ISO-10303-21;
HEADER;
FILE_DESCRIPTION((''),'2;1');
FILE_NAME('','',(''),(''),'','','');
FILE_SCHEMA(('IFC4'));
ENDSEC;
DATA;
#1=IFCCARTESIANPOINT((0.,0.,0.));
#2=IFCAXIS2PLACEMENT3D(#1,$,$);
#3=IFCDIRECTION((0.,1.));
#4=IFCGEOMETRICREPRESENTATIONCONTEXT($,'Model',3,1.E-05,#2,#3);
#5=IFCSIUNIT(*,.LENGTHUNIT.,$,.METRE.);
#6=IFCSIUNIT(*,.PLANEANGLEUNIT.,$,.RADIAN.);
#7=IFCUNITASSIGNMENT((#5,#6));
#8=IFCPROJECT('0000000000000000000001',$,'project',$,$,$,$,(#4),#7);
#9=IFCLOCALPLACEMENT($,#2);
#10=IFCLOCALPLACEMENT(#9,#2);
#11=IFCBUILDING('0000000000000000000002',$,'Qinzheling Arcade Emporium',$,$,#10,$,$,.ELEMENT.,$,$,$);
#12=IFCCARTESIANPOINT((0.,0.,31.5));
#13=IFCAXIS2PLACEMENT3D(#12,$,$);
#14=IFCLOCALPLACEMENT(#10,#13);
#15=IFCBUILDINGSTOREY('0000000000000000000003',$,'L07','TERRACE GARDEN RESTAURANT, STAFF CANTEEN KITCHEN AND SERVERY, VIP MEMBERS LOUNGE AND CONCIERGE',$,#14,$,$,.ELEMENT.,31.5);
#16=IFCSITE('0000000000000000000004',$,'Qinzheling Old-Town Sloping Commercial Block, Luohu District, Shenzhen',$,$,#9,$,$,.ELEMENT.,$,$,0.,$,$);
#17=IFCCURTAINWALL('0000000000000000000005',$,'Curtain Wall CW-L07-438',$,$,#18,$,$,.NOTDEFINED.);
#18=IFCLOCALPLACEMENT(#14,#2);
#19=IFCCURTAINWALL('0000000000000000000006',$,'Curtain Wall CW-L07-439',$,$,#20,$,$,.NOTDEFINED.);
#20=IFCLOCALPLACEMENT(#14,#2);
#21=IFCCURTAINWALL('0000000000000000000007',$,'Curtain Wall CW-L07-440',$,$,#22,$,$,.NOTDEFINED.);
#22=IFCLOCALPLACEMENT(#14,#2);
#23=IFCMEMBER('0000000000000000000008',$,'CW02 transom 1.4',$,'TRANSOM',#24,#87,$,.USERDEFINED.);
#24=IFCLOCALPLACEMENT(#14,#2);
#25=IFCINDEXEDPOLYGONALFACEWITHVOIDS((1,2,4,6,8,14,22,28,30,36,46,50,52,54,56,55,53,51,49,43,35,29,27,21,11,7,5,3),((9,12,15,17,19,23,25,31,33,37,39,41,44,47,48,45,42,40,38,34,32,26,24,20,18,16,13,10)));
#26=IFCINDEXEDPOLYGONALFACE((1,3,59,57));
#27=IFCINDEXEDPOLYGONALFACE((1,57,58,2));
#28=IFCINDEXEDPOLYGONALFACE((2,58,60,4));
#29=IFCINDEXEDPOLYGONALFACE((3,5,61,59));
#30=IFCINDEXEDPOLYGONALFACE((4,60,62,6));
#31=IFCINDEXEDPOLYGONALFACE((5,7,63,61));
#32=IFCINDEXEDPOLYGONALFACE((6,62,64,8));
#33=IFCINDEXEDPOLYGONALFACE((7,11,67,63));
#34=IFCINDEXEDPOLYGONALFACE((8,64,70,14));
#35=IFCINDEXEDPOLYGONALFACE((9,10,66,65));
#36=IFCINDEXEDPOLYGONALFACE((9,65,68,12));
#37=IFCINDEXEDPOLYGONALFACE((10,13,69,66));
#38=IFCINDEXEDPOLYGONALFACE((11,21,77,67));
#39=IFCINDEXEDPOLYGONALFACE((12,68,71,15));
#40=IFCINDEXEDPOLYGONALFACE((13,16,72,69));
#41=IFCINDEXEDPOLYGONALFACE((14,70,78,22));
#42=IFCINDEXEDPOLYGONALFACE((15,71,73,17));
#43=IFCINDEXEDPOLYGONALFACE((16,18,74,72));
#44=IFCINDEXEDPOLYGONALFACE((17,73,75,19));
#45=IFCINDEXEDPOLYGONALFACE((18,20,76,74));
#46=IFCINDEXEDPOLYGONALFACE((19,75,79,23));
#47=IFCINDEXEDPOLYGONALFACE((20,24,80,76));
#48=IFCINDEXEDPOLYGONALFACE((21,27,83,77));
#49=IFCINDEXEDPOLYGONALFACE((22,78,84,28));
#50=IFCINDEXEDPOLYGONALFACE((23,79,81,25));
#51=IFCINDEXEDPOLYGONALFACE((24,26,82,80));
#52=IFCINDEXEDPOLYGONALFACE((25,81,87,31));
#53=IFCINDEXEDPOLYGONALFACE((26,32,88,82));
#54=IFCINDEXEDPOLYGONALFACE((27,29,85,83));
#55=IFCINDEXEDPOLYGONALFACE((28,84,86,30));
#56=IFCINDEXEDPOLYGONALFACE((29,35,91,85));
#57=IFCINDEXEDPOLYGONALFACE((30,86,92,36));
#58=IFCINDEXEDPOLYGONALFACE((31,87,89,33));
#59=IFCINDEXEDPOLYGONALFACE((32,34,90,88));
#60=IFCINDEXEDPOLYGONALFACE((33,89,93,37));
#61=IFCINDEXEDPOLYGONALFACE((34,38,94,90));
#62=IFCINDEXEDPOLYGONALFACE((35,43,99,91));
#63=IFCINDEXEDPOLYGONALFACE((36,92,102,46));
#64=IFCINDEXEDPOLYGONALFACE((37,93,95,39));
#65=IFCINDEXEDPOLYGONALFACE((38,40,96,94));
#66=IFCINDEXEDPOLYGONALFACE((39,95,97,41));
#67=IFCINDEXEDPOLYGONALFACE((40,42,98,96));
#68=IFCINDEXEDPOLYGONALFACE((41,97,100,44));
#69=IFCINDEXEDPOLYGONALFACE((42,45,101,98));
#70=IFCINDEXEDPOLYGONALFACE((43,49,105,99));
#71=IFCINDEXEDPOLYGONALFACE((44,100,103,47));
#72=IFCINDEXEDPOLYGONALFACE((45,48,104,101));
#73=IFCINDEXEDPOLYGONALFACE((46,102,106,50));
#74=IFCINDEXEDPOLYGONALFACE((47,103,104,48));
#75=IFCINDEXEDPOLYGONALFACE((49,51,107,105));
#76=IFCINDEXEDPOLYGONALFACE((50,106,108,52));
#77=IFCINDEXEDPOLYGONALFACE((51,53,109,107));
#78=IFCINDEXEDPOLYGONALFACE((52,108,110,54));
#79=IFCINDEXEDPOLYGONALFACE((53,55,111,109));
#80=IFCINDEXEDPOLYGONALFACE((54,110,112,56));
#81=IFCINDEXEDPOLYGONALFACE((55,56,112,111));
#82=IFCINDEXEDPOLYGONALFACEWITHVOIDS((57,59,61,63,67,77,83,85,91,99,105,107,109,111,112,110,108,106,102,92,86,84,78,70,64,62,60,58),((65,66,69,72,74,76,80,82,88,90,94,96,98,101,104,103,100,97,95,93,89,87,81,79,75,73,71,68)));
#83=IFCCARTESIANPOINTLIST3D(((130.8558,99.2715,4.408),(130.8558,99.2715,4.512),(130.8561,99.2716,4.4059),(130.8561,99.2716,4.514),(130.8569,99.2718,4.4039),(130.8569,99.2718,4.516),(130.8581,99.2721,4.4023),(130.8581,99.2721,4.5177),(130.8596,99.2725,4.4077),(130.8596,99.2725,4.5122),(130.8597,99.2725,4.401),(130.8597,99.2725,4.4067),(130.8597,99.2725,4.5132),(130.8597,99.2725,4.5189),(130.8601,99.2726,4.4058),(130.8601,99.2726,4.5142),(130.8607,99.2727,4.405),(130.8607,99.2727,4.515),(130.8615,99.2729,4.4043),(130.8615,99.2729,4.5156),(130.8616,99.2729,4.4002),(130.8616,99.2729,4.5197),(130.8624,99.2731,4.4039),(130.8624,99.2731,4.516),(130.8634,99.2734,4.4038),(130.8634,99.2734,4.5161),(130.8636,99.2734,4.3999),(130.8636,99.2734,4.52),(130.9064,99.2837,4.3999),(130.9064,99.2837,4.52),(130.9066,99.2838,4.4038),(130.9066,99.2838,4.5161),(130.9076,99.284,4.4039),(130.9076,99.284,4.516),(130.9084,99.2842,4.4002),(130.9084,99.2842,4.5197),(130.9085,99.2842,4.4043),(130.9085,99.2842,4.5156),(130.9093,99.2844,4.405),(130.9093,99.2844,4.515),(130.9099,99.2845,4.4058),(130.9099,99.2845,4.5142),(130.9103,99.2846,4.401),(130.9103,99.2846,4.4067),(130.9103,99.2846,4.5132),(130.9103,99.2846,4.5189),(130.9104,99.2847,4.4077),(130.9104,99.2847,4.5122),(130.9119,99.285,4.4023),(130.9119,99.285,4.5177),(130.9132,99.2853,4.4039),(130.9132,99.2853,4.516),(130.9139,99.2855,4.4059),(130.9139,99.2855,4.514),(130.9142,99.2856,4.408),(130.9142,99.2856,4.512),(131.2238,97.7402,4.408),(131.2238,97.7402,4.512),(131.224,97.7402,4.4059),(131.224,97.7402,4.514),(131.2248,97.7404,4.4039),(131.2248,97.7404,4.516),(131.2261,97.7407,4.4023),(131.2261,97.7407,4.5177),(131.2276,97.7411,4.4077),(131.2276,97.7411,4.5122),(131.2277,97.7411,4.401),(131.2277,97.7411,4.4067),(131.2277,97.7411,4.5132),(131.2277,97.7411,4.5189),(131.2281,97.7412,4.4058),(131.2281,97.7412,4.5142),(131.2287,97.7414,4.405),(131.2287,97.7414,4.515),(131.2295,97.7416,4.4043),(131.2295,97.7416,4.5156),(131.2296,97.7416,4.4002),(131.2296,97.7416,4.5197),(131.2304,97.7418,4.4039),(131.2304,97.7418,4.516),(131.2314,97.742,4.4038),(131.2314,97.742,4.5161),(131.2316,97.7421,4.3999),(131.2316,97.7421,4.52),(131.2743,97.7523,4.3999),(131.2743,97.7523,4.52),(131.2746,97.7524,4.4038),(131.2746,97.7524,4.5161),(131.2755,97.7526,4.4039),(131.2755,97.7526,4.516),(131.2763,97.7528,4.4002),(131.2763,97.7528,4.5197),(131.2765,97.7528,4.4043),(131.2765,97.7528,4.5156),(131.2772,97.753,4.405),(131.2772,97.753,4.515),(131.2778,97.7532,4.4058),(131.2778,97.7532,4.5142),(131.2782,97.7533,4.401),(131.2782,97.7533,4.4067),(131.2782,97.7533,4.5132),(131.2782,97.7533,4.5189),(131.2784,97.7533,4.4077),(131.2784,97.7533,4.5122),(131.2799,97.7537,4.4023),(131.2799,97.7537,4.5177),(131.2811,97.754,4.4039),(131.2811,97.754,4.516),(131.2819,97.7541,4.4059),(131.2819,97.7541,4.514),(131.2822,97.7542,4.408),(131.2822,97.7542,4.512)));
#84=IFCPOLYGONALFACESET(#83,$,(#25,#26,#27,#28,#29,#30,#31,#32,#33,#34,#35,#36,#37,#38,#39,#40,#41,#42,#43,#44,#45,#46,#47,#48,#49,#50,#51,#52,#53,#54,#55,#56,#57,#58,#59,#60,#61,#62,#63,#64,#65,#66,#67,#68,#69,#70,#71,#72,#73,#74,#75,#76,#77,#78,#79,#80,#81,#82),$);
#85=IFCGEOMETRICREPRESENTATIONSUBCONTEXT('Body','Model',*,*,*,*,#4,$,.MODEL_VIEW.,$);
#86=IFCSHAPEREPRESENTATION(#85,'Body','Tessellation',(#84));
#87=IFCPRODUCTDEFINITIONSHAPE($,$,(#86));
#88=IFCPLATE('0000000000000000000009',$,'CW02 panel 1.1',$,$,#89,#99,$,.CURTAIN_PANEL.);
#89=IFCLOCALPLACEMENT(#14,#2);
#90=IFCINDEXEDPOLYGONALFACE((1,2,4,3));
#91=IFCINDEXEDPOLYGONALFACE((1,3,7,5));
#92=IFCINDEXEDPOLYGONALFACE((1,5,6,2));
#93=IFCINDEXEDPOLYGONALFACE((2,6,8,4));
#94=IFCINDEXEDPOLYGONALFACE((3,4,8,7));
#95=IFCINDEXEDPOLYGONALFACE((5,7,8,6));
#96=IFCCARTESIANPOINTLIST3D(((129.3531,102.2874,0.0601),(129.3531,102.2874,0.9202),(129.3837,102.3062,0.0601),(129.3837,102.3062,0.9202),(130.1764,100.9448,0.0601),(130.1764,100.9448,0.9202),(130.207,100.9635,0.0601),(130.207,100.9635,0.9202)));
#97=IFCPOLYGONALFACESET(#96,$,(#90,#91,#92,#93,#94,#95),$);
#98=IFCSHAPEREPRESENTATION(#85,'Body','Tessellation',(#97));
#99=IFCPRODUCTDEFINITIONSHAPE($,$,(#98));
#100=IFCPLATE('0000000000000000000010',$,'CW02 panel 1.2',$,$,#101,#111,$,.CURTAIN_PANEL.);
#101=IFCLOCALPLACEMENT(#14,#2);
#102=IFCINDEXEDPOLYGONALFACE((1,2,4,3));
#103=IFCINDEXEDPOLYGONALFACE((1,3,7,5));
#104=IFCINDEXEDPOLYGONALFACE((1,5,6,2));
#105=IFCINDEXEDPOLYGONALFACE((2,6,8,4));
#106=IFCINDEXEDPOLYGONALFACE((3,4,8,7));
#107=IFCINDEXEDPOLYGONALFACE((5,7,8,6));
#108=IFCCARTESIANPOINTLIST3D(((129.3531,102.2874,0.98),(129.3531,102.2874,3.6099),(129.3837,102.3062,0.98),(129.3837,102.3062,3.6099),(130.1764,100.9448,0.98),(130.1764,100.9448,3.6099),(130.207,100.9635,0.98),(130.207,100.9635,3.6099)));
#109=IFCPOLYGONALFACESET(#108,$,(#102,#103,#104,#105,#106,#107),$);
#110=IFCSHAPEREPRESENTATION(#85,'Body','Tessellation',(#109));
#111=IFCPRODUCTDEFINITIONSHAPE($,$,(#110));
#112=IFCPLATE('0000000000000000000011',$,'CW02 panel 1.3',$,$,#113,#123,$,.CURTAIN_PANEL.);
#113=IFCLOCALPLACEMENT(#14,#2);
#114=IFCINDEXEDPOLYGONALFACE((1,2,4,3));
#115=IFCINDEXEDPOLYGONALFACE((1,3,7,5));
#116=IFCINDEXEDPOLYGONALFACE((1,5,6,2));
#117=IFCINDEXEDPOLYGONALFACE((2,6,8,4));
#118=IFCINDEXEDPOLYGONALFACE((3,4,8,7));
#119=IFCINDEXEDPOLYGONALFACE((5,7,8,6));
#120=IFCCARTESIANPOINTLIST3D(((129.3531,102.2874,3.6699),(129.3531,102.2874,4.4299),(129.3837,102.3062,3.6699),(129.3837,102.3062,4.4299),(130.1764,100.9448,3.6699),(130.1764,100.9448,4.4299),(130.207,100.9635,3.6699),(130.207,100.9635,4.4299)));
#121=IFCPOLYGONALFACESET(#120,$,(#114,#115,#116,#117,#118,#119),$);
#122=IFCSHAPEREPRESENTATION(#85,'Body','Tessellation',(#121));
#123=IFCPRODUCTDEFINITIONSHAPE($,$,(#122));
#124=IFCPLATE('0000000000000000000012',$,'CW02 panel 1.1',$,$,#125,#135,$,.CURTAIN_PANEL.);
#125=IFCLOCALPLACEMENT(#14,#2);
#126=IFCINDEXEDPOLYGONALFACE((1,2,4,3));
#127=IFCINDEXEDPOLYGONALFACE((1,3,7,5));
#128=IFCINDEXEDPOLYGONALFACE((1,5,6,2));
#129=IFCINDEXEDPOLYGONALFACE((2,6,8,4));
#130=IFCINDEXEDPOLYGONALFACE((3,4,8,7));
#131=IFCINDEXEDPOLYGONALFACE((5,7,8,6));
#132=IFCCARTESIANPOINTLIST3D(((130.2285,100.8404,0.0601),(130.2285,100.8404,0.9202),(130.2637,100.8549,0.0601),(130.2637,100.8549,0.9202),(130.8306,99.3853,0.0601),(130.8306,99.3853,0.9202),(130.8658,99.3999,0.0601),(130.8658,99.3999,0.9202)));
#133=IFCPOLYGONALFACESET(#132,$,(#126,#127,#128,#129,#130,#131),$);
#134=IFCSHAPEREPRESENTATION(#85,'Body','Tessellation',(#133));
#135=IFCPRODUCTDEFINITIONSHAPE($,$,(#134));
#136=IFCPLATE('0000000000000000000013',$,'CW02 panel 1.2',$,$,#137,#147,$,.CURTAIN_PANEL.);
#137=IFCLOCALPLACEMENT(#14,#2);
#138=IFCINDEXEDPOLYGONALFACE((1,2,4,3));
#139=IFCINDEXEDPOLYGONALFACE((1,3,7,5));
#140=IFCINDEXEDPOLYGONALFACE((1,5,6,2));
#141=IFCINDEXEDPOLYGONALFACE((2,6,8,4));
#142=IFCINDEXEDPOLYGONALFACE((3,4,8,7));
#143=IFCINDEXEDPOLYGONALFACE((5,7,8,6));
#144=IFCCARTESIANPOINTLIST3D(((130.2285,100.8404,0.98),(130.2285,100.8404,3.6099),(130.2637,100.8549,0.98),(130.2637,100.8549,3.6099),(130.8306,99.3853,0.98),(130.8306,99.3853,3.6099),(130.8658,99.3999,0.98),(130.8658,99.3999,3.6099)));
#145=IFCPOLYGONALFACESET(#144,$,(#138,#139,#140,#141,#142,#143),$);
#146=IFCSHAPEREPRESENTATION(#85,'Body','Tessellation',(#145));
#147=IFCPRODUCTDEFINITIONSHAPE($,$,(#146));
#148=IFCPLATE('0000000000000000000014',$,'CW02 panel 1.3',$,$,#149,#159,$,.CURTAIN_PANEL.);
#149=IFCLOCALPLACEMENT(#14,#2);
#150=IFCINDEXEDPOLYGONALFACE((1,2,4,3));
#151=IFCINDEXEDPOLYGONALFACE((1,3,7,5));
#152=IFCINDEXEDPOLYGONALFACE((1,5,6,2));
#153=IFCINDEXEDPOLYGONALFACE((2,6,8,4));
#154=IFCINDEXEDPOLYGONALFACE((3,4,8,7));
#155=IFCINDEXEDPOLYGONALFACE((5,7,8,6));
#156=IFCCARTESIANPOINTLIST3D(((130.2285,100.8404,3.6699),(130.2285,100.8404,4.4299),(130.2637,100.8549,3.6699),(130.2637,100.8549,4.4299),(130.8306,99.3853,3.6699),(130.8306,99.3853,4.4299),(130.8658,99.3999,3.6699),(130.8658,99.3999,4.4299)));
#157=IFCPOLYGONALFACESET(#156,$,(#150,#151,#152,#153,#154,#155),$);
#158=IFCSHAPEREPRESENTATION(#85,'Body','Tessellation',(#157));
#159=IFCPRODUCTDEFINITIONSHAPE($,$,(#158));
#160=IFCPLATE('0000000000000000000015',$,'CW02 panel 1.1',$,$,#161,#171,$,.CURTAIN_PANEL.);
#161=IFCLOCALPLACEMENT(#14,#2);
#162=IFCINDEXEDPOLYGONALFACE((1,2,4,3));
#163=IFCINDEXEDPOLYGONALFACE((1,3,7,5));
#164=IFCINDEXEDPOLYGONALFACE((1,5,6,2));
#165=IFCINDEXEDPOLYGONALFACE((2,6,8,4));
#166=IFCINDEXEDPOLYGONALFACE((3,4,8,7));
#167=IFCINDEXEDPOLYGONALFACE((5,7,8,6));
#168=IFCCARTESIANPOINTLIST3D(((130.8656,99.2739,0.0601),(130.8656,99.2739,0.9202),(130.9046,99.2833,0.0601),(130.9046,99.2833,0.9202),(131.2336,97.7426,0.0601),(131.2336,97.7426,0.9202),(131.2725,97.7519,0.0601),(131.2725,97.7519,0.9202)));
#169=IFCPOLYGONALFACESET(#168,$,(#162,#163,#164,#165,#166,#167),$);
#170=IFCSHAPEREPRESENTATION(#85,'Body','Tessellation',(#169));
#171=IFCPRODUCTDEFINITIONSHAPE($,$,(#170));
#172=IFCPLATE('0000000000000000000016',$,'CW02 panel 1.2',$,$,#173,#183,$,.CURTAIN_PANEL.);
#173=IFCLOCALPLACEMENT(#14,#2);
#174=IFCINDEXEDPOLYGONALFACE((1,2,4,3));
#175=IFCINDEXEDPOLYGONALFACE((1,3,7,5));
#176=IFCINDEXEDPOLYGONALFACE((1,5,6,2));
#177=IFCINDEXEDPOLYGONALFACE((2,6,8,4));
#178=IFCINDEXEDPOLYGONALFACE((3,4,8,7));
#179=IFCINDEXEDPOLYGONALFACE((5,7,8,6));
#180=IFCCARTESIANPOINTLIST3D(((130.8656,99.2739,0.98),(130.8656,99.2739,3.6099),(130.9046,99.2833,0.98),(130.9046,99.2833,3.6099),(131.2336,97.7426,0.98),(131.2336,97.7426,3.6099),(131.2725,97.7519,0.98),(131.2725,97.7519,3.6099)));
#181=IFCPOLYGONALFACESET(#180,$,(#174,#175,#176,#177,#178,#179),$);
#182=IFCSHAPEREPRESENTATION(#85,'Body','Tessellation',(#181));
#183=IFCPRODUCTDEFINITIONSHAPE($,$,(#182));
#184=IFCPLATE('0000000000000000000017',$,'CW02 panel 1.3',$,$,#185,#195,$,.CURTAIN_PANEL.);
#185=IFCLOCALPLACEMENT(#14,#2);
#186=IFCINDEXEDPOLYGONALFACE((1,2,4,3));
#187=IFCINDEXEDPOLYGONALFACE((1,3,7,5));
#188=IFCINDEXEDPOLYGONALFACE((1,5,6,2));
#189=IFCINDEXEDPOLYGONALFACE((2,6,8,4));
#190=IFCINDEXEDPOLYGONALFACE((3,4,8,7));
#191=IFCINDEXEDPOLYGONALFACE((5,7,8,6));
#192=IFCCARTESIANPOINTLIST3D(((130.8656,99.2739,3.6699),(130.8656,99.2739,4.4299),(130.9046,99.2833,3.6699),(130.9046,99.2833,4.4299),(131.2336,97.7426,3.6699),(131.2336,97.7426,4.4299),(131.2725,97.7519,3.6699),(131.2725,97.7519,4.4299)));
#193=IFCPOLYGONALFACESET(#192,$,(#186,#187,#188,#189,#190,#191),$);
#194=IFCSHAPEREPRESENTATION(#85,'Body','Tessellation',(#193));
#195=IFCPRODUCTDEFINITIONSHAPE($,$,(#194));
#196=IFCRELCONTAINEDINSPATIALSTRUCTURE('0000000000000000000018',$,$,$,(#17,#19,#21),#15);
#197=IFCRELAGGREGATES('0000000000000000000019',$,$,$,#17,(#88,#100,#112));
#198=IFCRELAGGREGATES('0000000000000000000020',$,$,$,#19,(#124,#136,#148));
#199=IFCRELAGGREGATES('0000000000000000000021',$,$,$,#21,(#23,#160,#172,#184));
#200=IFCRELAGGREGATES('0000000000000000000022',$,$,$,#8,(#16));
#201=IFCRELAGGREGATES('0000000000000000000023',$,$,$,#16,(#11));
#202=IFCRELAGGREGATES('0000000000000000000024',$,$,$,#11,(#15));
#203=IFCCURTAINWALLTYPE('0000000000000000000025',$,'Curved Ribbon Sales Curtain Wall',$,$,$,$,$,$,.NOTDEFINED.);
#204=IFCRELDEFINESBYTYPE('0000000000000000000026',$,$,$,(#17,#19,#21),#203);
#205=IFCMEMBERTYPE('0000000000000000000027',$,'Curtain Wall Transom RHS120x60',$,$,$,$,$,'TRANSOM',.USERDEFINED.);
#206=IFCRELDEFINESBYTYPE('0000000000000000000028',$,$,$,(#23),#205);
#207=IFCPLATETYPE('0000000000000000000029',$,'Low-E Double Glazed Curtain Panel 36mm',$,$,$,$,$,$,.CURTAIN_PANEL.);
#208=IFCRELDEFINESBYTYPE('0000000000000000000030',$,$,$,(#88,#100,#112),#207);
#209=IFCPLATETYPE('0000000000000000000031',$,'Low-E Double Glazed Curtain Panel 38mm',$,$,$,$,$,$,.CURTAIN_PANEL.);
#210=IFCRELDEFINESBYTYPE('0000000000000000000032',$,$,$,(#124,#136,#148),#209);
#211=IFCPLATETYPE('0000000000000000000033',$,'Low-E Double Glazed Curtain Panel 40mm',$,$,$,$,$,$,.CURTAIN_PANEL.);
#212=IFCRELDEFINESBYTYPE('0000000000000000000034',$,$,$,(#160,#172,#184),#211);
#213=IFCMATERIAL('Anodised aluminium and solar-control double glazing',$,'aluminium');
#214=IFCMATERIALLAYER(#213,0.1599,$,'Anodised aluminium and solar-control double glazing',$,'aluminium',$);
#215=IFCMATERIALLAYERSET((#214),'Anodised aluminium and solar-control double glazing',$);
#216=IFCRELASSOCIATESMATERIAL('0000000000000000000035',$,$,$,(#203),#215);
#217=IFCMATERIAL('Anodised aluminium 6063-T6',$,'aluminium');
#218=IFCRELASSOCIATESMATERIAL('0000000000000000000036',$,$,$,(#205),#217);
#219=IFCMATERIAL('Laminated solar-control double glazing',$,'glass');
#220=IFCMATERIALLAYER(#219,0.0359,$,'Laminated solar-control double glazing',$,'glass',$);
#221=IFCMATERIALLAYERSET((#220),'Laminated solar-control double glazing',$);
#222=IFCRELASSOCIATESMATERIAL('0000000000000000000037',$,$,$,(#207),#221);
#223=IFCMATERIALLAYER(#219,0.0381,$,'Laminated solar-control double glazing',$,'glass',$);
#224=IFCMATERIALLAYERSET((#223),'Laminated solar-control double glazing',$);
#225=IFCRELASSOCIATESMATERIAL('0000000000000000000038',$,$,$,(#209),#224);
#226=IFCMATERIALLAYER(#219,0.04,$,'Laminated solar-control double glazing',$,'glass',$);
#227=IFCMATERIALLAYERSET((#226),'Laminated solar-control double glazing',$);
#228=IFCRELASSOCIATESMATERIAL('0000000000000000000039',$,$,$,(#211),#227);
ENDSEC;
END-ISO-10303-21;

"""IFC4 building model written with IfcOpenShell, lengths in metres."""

from ifc_helpers import new_model, si_unit, direction, frame, origin, origin_2d, place, context, subcontext, project, spatial, rectangle, hollow_rectangle, extrude, material, layer, layer_set, material_profile, profile_set, type_object, element, aggregate, save


model = new_model("IFC4")

# Units and contexts
model_context = context("Model", 3, precision=1e-05, world=origin(), true_north=direction((0.0, 1.0)))
body_context = subcontext(model_context, "Body", "Model", "MODEL_VIEW")
ifc_project = project(units=[si_unit("LENGTHUNIT", "METRE"), si_unit("PLANEANGLEUNIT", "RADIAN")], contexts=[model_context])

# Site, building, storey
site_placement = place(None, origin())
site = spatial("IfcSite", under=ifc_project, at=site_placement, Name="Qinzheling Old-Town Sloping Commercial Block, Luohu District, Shenzhen", CompositionType="ELEMENT", RefElevation=0.0)
building_placement = place(site_placement, origin())
building = spatial("IfcBuilding", under=site, at=building_placement, Name="Qinzheling Arcade Emporium", CompositionType="ELEMENT")
storey_placement = place(building_placement, frame((0.0, 0.0, 31.5)))
storey = spatial("IfcBuildingStorey", under=building, at=storey_placement, Name="L07", Description="TERRACE GARDEN RESTAURANT, STAFF CANTEEN KITCHEN AND SERVERY, VIP MEMBERS LOUNGE AND CONCIERGE", CompositionType="ELEMENT", Elevation=31.5)

# Curtain wall
ifc_material_1 = material(Name="Anodised aluminium and solar-control double glazing", Category="aluminium")
ifc_layer_1 = layer(ifc_material_1, 0.1599, Name="Anodised aluminium and solar-control double glazing", Category="aluminium")
ifc_layer_set_1 = layer_set([ifc_layer_1], Name="Anodised aluminium and solar-control double glazing")
curtain_wall_type = type_object("IfcCurtainWallType", Name="Curved Ribbon Sales Curtain Wall", PredefinedType="NOTDEFINED", material=ifc_layer_set_1)
curtain_wall_1_placement = place(storey_placement, origin())
curtain_wall_1 = element("IfcCurtainWall", 1, at=curtain_wall_1_placement, inside=storey, type_object=curtain_wall_type, Name="Curtain Wall CW-L07-438", PredefinedType="NOTDEFINED")
ifc_material_2 = material(Name="Anodised aluminium 6063-T6", Category="aluminium")

# Curtain walls
curtain_wall_2_placement = place(storey_placement, origin())
curtain_wall_2 = element("IfcCurtainWall", 2, at=curtain_wall_2_placement, inside=storey, type_object=curtain_wall_type, Name="Curtain Wall CW-L07-439", PredefinedType="NOTDEFINED")
curtain_wall_3_placement = place(storey_placement, origin())
curtain_wall_3 = element("IfcCurtainWall", 3, at=curtain_wall_3_placement, inside=storey, type_object=curtain_wall_type, Name="Curtain Wall CW-L07-440", PredefinedType="NOTDEFINED")

# Member
ifc_material_profile_1 = material_profile(ifc_material_2, hollow_rectangle(XDim=0.0601, YDim=0.1201, WallThickness=0.0039, InnerFilletRadius=0.0039, OuterFilletRadius=0.0081, at=origin_2d()), Name="RHS 120x60x4", Category="aluminium")
ifc_profile_set_1 = profile_set([ifc_material_profile_1], Name="Anodised aluminium 6063-T6")
member_type_1 = type_object("IfcMemberType", Name="Curtain Wall Transom RHS120x60", ElementType="TRANSOM", PredefinedType="USERDEFINED", material=ifc_profile_set_1)
member_1_placement = place(storey_placement, frame((130.885, 99.2786, 4.46), z_axis=(0.233625, -0.972327, 0.0), x_axis=(0.972327, 0.233625, 0.0)))
member_1 = element("IfcMember", 4, at=member_1_placement, type_object=member_type_1, Name="CW02 transom 1.4", ObjectType="TRANSOM", PredefinedType="USERDEFINED", context=body_context, shape_type="SweptSolid", body=[
    extrude(hollow_rectangle(XDim=0.0601, YDim=0.1201, WallThickness=0.0039, InnerFilletRadius=0.0039, OuterFilletRadius=0.0081, at=origin_2d()), origin(), (0.0, 0.0, 1.0), 1.575),
])

# Plates
ifc_material_3 = material(Name="Laminated solar-control double glazing", Category="glass")
ifc_layer_2 = layer(ifc_material_3, 0.0359, Name="Laminated solar-control double glazing", Category="glass")
ifc_layer_set_2 = layer_set([ifc_layer_2], Name="Laminated solar-control double glazing")
plate_type_1 = type_object("IfcPlateType", Name="Low-E Double Glazed Curtain Panel 36mm", PredefinedType="CURTAIN_PANEL", material=ifc_layer_set_2)
plate_1_placement = place(storey_placement, frame((129.78, 101.6255, 0.0601), z_axis=(0.0, 0.0, 1.0), x_axis=(0.522714, -0.852508, 0.0)))
plate_1 = element("IfcPlate", 5, at=plate_1_placement, type_object=plate_type_1, Name="CW02 panel 1.1", PredefinedType="CURTAIN_PANEL", context=body_context, shape_type="SweptSolid", body=[
    extrude(rectangle(XDim=1.575, YDim=0.0359, at=origin_2d()), origin(), (0.0, 0.0, 1.0), 0.8601),
])
plate_2_placement = place(storey_placement, frame((129.78, 101.6255, 0.98), z_axis=(0.0, 0.0, 1.0), x_axis=(0.522714, -0.852508, 0.0)))
plate_2 = element("IfcPlate", 6, at=plate_2_placement, type_object=plate_type_1, Name="CW02 panel 1.2", PredefinedType="CURTAIN_PANEL", context=body_context, shape_type="SweptSolid", body=[
    extrude(rectangle(XDim=1.575, YDim=0.0359, at=origin_2d()), origin(), (0.0, 0.0, 1.0), 2.6299),
])
plate_3_placement = place(storey_placement, frame((129.78, 101.6255, 3.6699), z_axis=(0.0, 0.0, 1.0), x_axis=(0.522714, -0.852508, 0.0)))
plate_3 = element("IfcPlate", 7, at=plate_3_placement, type_object=plate_type_1, Name="CW02 panel 1.3", PredefinedType="CURTAIN_PANEL", context=body_context, shape_type="SweptSolid", body=[
    extrude(rectangle(XDim=1.575, YDim=0.0359, at=origin_2d()), origin(), (0.0, 0.0, 1.0), 0.76),
])
aggregate(curtain_wall_1, [plate_1, plate_2, plate_3])
ifc_layer_3 = layer(ifc_material_3, 0.0381, Name="Laminated solar-control double glazing", Category="glass")
ifc_layer_set_3 = layer_set([ifc_layer_3], Name="Laminated solar-control double glazing")
plate_type_2 = type_object("IfcPlateType", Name="Low-E Double Glazed Curtain Panel 38mm", PredefinedType="CURTAIN_PANEL", material=ifc_layer_set_3)
plate_4_placement = place(storey_placement, frame((130.5471, 100.1201, 0.0601), z_axis=(0.0, 0.0, 1.0), x_axis=(0.382352, -0.924017, 0.0)))
plate_4 = element("IfcPlate", 8, at=plate_4_placement, type_object=plate_type_2, Name="CW02 panel 1.1", PredefinedType="CURTAIN_PANEL", context=body_context, shape_type="SweptSolid", body=[
    extrude(rectangle(XDim=1.5747, YDim=0.0381, at=origin_2d()), origin(), (0.0, 0.0, 1.0), 0.8601),
])
plate_5_placement = place(storey_placement, frame((130.5471, 100.1201, 0.98), z_axis=(0.0, 0.0, 1.0), x_axis=(0.382352, -0.924017, 0.0)))
plate_5 = element("IfcPlate", 9, at=plate_5_placement, type_object=plate_type_2, Name="CW02 panel 1.2", PredefinedType="CURTAIN_PANEL", context=body_context, shape_type="SweptSolid", body=[
    extrude(rectangle(XDim=1.5747, YDim=0.0381, at=origin_2d()), origin(), (0.0, 0.0, 1.0), 2.6299),
])
plate_6_placement = place(storey_placement, frame((130.5471, 100.1201, 3.6699), z_axis=(0.0, 0.0, 1.0), x_axis=(0.382352, -0.924017, 0.0)))
plate_6 = element("IfcPlate", 10, at=plate_6_placement, type_object=plate_type_2, Name="CW02 panel 1.3", PredefinedType="CURTAIN_PANEL", context=body_context, shape_type="SweptSolid", body=[
    extrude(rectangle(XDim=1.5747, YDim=0.0381, at=origin_2d()), origin(), (0.0, 0.0, 1.0), 0.76),
])
aggregate(curtain_wall_2, [plate_4, plate_5, plate_6])
ifc_layer_4 = layer(ifc_material_3, 0.04, Name="Laminated solar-control double glazing", Category="glass")
ifc_layer_set_4 = layer_set([ifc_layer_4], Name="Laminated solar-control double glazing")
plate_type_3 = type_object("IfcPlateType", Name="Low-E Double Glazed Curtain Panel 40mm", PredefinedType="CURTAIN_PANEL", material=ifc_layer_set_4)
plate_7_placement = place(storey_placement, frame((131.0691, 98.5129, 0.0601), z_axis=(0.0, 0.0, 1.0), x_axis=(0.233641, -0.972323, 0.0)))
plate_7 = element("IfcPlate", 11, at=plate_7_placement, type_object=plate_type_3, Name="CW02 panel 1.1", PredefinedType="CURTAIN_PANEL", context=body_context, shape_type="SweptSolid", body=[
    extrude(rectangle(XDim=1.575, YDim=0.04, at=origin_2d()), origin(), (0.0, 0.0, 1.0), 0.8601),
])
plate_8_placement = place(storey_placement, frame((131.0691, 98.5129, 0.98), z_axis=(0.0, 0.0, 1.0), x_axis=(0.233641, -0.972323, 0.0)))
plate_8 = element("IfcPlate", 12, at=plate_8_placement, type_object=plate_type_3, Name="CW02 panel 1.2", PredefinedType="CURTAIN_PANEL", context=body_context, shape_type="SweptSolid", body=[
    extrude(rectangle(XDim=1.575, YDim=0.04, at=origin_2d()), origin(), (0.0, 0.0, 1.0), 2.6299),
])
plate_9_placement = place(storey_placement, frame((131.0691, 98.5129, 3.6699), z_axis=(0.0, 0.0, 1.0), x_axis=(0.233641, -0.972323, 0.0)))
plate_9 = element("IfcPlate", 13, at=plate_9_placement, type_object=plate_type_3, Name="CW02 panel 1.3", PredefinedType="CURTAIN_PANEL", context=body_context, shape_type="SweptSolid", body=[
    extrude(rectangle(XDim=1.575, YDim=0.04, at=origin_2d()), origin(), (0.0, 0.0, 1.0), 0.76),
])
aggregate(curtain_wall_3, [member_1, plate_7, plate_8, plate_9])

save(model, "model.ifc")
